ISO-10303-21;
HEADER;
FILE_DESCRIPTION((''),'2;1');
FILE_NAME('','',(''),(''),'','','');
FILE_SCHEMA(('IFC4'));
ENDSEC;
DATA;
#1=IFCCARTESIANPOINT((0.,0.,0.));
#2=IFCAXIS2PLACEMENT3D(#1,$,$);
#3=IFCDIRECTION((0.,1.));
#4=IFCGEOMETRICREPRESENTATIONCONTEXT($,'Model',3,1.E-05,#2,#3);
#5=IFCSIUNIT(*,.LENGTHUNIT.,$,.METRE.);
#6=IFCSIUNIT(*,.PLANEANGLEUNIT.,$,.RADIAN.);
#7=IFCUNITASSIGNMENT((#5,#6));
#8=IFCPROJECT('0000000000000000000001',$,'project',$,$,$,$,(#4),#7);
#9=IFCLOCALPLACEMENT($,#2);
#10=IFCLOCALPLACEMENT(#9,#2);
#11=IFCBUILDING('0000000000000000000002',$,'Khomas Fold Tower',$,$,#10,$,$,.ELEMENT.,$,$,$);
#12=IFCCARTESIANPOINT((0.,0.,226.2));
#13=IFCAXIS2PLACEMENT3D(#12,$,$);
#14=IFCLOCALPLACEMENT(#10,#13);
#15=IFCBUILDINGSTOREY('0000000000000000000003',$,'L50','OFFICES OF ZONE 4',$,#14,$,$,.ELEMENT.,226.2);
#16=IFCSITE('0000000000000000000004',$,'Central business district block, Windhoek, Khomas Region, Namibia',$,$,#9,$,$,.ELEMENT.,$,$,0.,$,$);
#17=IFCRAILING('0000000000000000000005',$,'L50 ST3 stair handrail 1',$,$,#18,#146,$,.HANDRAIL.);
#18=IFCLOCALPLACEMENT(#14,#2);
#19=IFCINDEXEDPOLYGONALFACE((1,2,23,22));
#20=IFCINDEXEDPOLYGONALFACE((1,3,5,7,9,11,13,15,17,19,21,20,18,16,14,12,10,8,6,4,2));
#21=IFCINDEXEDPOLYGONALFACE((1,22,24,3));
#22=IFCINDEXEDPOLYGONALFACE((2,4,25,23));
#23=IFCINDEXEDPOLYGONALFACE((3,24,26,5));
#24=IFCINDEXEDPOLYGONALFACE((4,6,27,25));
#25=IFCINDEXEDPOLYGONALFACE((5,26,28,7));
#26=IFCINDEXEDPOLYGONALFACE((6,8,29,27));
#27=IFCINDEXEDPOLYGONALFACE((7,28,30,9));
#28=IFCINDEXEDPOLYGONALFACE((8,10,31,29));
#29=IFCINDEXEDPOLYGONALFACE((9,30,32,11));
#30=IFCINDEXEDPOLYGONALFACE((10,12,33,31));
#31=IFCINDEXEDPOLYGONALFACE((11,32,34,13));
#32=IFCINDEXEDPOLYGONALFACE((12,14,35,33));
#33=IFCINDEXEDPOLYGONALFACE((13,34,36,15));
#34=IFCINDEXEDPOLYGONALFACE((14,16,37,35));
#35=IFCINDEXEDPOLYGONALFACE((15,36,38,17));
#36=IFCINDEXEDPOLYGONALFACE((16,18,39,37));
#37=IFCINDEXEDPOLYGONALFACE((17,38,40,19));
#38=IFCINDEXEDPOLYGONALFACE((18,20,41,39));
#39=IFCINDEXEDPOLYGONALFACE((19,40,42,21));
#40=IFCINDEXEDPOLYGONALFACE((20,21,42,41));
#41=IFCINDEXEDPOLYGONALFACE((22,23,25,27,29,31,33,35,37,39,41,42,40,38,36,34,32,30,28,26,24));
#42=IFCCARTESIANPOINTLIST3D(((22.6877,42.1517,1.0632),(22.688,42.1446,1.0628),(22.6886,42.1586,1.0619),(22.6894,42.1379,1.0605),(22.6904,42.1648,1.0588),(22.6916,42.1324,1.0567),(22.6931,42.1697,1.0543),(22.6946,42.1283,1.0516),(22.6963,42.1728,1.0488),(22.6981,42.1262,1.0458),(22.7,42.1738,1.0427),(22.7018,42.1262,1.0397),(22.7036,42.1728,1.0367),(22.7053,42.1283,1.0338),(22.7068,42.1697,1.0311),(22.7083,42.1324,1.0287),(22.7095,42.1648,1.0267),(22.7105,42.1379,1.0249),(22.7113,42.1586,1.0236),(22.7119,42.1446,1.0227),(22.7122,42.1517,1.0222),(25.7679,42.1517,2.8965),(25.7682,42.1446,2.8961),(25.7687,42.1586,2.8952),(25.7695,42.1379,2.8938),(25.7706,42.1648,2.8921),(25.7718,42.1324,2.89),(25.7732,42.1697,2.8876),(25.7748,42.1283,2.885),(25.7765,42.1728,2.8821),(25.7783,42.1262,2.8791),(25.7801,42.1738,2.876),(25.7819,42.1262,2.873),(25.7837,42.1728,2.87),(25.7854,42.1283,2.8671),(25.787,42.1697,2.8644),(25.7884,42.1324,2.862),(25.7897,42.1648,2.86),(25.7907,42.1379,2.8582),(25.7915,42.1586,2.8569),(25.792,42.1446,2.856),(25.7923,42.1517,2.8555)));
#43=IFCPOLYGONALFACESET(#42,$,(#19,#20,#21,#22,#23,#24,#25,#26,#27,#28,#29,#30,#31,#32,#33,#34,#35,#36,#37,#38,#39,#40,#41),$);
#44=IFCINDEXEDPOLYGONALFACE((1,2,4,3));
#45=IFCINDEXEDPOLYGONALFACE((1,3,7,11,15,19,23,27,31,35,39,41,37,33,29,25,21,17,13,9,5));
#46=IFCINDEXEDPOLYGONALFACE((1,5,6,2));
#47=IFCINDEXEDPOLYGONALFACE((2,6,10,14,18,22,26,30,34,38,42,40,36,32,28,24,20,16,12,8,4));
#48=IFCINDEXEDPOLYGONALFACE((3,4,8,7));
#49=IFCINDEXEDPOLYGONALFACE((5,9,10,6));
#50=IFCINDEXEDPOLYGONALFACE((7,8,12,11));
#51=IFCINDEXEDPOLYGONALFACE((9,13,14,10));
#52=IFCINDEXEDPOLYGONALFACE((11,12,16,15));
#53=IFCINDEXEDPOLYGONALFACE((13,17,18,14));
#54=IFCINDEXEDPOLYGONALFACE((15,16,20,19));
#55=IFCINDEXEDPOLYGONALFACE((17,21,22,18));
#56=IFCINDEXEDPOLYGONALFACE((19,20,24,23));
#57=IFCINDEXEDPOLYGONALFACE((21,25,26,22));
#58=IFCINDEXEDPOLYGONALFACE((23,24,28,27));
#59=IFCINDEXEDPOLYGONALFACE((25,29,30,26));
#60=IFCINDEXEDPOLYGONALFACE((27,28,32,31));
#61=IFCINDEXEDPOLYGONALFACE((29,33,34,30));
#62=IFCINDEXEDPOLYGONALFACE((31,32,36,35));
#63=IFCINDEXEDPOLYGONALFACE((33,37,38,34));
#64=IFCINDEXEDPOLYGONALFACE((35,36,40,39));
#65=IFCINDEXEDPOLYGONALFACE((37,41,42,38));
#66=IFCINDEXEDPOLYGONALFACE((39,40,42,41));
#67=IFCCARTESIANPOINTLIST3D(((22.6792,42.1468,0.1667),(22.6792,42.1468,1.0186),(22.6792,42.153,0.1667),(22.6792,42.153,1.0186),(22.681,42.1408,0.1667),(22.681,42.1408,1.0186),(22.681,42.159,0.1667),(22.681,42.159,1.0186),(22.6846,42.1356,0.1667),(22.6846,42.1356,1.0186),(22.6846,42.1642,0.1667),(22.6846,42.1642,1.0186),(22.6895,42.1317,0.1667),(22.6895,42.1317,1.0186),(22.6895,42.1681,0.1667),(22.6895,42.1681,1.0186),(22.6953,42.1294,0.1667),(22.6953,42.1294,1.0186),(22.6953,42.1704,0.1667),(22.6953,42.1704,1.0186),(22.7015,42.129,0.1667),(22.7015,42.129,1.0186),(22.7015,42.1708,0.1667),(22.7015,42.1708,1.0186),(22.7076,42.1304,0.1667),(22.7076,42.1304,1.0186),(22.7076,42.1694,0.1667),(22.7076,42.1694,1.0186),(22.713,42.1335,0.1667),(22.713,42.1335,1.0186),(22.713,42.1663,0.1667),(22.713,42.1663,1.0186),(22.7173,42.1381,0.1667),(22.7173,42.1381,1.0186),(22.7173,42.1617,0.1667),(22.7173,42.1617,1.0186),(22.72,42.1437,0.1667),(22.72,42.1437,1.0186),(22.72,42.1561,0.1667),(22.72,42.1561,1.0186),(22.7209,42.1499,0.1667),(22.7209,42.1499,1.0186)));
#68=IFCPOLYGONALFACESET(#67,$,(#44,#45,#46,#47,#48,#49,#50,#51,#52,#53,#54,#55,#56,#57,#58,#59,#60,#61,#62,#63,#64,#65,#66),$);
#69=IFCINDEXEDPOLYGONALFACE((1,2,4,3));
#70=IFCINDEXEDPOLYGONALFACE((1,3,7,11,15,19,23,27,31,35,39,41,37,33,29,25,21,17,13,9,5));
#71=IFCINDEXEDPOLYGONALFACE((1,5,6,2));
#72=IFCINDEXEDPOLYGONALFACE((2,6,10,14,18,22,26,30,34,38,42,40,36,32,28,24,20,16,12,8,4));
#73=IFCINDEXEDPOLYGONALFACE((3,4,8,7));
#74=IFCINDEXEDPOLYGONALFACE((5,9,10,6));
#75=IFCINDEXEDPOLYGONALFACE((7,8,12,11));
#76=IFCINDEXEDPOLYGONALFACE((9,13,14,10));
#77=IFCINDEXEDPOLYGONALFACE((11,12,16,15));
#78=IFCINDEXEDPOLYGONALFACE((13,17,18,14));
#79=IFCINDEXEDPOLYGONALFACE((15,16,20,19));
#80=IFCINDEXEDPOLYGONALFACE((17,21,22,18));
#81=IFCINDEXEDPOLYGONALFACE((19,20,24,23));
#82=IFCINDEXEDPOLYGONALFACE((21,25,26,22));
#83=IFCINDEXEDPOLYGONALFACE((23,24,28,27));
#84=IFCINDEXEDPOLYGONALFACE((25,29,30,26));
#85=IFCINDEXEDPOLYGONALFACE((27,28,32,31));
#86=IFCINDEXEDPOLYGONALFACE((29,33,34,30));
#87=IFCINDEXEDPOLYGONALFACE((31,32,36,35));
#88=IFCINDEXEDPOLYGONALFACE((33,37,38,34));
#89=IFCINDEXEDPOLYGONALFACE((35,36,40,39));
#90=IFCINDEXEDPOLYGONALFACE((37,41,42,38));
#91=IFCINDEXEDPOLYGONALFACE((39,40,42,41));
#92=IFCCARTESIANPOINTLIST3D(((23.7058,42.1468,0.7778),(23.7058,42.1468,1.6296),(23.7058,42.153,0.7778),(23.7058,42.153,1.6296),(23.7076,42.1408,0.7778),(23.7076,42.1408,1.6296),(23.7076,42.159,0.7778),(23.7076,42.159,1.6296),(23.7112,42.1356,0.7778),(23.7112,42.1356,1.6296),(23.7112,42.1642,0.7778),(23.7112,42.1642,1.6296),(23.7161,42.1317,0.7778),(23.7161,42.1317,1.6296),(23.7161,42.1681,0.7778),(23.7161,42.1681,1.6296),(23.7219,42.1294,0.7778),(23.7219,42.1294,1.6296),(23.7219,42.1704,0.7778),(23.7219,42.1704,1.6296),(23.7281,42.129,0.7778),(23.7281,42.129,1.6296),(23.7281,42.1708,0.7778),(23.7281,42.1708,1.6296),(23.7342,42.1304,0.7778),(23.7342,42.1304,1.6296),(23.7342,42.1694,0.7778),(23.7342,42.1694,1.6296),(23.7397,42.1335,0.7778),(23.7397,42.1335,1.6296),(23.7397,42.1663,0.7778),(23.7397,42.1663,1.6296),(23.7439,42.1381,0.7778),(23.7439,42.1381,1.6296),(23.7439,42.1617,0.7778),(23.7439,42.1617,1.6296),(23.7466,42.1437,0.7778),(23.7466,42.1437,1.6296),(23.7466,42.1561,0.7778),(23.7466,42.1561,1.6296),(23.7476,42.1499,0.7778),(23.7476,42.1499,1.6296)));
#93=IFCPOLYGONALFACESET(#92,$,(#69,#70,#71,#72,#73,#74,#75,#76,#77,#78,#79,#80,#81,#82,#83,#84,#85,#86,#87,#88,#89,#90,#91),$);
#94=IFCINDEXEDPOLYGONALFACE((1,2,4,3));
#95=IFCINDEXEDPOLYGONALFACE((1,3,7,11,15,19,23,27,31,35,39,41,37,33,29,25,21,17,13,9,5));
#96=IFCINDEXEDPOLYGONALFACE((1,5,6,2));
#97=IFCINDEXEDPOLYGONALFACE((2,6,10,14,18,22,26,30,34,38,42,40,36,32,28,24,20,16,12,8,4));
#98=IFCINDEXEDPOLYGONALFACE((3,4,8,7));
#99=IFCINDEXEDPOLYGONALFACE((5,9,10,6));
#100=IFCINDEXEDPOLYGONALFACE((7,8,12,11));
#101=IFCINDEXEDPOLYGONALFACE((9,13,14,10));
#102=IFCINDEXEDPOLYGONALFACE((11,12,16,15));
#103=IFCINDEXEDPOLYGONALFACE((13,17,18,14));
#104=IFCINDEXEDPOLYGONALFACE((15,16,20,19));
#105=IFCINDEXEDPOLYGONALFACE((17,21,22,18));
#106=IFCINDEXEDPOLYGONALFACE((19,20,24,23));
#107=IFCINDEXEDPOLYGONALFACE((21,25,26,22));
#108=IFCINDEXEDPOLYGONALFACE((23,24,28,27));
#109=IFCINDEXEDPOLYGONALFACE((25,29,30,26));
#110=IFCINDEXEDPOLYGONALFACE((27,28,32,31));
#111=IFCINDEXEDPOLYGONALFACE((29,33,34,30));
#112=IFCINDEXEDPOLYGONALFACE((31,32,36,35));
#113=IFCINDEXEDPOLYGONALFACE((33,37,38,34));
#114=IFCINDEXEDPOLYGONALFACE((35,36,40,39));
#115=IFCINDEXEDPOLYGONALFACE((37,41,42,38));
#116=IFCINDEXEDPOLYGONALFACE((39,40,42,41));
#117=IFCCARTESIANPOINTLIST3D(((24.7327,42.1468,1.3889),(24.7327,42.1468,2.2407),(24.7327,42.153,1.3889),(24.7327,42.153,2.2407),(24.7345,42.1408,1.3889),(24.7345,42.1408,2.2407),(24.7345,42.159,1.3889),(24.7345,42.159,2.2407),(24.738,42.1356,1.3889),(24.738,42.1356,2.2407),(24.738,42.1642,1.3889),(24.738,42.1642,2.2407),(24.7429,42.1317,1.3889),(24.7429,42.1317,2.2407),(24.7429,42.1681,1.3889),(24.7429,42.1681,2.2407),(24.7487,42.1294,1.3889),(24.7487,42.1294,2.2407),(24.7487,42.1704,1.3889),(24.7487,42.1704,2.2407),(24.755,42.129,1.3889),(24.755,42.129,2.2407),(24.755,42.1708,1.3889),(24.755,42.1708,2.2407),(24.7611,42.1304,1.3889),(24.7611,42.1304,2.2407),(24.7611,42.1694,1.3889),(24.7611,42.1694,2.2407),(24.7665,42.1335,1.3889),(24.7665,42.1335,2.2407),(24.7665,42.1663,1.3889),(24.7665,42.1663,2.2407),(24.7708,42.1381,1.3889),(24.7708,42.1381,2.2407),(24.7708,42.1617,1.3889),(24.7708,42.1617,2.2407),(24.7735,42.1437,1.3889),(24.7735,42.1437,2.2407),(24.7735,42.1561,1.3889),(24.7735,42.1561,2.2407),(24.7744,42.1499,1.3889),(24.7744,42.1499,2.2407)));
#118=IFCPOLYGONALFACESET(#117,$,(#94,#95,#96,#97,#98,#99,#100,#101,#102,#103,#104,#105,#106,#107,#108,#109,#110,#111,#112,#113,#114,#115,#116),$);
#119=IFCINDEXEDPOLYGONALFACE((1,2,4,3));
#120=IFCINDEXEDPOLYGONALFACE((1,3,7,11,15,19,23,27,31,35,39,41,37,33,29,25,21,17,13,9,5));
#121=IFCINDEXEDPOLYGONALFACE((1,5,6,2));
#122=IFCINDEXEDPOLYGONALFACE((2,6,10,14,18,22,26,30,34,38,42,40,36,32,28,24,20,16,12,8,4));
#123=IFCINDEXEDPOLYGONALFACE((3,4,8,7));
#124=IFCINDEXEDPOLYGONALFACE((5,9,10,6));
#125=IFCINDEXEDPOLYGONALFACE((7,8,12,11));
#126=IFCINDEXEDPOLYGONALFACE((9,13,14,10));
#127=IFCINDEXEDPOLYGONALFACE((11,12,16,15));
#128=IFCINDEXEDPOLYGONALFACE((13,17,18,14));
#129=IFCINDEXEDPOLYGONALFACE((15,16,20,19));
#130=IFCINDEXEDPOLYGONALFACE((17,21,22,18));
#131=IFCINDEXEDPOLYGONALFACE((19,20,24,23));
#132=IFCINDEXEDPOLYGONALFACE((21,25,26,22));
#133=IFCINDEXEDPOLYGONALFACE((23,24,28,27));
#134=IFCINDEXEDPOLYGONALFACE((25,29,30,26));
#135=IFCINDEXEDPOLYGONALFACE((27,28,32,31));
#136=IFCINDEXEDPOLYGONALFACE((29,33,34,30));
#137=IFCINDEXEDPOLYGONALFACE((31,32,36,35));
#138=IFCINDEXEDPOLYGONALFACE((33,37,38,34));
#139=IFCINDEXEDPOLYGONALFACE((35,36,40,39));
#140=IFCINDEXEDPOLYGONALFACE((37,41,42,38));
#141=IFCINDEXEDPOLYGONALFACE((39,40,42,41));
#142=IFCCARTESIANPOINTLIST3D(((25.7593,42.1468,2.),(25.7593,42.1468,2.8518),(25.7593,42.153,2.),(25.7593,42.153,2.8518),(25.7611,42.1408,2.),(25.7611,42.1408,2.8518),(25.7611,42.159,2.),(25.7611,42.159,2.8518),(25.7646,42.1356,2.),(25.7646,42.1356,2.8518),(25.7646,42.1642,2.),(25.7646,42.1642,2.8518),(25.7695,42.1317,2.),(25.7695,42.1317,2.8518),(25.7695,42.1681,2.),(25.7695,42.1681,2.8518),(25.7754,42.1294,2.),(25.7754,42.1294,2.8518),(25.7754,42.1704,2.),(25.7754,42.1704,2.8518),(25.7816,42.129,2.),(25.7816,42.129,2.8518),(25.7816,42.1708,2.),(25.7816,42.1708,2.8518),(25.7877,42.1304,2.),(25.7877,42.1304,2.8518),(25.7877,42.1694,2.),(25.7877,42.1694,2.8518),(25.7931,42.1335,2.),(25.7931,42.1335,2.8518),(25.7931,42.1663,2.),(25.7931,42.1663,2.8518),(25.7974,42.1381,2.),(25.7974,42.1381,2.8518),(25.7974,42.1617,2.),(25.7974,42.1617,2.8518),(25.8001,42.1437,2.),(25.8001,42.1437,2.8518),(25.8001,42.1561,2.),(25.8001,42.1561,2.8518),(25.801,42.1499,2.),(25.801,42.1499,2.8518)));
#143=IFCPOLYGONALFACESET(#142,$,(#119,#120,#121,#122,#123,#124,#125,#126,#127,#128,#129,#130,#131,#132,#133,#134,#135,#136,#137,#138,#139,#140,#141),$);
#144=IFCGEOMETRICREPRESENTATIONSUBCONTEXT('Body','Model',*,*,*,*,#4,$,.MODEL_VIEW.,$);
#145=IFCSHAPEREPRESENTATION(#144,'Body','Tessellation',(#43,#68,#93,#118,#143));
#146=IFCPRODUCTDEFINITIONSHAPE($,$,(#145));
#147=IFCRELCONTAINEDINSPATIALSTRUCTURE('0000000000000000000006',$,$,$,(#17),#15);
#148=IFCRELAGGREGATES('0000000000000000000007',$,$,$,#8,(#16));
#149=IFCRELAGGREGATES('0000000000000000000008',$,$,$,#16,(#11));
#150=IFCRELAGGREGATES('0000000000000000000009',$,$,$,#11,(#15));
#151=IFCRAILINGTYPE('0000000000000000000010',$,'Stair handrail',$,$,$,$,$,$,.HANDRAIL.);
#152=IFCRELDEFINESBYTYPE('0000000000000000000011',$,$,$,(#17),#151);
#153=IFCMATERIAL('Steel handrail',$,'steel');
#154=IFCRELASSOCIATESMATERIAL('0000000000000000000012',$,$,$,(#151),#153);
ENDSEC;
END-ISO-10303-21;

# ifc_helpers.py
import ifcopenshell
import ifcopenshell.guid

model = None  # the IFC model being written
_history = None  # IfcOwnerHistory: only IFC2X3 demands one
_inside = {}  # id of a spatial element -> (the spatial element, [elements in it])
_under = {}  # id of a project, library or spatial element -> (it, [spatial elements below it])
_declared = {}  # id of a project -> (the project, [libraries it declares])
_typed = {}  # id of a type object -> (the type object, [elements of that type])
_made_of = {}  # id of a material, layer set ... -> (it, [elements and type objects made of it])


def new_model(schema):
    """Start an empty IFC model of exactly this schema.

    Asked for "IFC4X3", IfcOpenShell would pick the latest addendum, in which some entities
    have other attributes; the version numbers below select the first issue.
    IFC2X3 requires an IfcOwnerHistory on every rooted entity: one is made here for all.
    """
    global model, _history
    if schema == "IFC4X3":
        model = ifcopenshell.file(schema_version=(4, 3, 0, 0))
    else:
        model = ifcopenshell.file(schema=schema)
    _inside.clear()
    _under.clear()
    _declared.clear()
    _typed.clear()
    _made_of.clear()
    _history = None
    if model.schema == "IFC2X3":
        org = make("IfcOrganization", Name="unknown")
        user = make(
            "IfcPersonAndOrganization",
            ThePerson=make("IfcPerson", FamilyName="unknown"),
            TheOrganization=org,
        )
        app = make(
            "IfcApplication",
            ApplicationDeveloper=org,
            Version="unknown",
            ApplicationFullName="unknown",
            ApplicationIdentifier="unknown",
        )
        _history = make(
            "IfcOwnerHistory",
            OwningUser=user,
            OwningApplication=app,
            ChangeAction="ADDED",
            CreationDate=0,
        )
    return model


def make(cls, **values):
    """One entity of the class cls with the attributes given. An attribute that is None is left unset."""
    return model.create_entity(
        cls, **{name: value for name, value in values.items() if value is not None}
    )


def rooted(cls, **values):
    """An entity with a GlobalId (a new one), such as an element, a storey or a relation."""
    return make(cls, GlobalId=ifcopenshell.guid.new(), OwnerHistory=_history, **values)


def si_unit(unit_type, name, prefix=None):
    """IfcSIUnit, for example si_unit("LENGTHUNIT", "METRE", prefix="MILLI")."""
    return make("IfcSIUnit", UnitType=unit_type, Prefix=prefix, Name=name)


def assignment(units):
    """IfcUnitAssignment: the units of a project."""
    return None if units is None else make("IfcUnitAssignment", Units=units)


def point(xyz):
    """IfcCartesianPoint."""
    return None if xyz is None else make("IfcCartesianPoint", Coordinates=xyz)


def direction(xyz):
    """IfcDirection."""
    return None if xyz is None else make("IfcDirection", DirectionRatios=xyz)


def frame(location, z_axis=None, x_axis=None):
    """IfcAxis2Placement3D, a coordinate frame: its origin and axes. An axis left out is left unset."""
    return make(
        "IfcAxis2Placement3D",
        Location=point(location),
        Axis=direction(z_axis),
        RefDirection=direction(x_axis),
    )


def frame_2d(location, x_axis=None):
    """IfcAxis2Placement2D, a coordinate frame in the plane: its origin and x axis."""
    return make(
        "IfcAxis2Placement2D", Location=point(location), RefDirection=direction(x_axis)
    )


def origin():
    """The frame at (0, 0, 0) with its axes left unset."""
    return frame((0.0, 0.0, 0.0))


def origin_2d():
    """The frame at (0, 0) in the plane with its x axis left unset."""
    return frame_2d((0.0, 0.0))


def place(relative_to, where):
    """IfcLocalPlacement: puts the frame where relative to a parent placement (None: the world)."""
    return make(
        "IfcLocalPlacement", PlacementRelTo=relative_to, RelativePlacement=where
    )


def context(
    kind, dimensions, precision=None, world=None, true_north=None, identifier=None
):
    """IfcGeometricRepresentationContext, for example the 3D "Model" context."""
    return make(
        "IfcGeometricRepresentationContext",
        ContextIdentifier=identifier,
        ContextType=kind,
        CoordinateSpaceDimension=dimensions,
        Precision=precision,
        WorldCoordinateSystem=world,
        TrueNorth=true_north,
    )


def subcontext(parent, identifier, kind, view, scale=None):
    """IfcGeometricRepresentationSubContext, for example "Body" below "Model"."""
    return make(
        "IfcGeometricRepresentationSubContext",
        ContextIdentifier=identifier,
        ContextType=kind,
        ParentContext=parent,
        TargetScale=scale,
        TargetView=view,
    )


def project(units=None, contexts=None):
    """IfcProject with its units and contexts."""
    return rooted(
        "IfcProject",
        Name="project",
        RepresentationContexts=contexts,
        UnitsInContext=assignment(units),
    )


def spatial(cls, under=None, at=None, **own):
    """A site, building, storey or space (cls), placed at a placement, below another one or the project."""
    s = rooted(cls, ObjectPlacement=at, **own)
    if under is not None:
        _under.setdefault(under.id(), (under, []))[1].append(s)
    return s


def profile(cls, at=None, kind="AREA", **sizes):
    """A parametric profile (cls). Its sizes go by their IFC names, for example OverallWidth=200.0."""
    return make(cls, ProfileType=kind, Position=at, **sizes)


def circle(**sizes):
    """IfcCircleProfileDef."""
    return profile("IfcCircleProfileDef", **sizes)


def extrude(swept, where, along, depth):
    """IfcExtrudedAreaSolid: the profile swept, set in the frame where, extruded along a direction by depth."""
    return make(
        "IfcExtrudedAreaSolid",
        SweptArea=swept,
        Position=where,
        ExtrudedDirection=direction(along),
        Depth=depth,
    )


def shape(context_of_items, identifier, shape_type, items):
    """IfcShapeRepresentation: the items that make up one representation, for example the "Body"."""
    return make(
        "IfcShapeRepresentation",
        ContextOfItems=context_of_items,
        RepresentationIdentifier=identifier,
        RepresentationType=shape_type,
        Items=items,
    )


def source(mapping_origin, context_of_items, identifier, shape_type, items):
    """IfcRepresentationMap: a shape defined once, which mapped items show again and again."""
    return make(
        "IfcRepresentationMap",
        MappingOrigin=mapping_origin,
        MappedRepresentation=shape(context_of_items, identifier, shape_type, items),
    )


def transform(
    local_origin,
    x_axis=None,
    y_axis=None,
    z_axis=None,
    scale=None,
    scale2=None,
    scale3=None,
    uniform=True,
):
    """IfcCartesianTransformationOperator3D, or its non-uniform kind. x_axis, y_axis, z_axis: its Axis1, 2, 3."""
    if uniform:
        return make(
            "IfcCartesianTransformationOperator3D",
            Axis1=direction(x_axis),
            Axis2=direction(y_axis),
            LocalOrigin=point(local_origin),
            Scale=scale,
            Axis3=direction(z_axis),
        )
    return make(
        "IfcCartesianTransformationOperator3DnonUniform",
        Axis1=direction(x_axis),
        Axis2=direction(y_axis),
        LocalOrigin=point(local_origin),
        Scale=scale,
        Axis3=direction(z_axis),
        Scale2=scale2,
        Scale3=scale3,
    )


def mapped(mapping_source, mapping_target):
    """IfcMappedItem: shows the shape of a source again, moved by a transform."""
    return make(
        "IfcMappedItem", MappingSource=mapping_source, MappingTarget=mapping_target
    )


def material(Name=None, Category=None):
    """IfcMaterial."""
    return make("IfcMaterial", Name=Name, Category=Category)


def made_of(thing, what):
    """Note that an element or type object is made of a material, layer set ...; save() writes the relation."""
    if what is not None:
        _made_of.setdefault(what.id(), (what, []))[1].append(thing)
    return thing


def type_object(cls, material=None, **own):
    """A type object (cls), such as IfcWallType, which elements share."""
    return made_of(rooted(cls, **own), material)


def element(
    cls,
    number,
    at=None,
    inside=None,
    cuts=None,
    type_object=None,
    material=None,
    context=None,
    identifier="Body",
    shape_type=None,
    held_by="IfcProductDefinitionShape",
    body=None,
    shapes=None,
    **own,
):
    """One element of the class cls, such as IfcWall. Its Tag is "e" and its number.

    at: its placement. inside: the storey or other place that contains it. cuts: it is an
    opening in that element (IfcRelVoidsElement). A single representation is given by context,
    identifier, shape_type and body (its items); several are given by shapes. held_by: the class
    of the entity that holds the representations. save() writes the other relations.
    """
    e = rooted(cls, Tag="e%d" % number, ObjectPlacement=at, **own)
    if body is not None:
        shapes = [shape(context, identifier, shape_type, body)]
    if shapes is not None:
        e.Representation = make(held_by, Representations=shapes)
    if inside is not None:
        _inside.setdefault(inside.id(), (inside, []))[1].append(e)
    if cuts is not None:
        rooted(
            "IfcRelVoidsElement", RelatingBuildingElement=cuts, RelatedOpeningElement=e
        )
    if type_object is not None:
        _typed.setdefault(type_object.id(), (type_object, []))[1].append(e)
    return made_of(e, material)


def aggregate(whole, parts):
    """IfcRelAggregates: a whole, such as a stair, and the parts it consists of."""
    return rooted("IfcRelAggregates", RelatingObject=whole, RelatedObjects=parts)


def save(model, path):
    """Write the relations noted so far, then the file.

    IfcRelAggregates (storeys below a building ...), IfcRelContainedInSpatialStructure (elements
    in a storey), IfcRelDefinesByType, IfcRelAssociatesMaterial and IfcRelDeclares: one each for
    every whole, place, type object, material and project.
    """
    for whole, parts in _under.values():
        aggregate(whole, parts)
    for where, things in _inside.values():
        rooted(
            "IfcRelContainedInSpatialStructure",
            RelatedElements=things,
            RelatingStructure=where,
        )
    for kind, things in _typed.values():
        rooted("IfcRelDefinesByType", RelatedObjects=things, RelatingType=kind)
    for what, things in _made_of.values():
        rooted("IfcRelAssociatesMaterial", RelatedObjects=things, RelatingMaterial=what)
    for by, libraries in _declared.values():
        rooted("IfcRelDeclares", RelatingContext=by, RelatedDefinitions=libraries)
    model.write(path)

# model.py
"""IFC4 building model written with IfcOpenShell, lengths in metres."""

from ifc_helpers import new_model, si_unit, direction, frame, origin, origin_2d, place, context, subcontext, project, spatial, circle, extrude, source, transform, mapped, material, type_object, element, save


model = new_model("IFC4")

# Units and contexts
model_context = context("Model", 3, precision=1e-05, world=origin(), true_north=direction((0.0, 1.0)))
body_context = subcontext(model_context, "Body", "Model", "MODEL_VIEW")
ifc_project = project(units=[si_unit("LENGTHUNIT", "METRE"), si_unit("PLANEANGLEUNIT", "RADIAN")], contexts=[model_context])

# Site, building, storey
site_placement = place(None, origin())
site = spatial("IfcSite", under=ifc_project, at=site_placement, Name="Central business district block, Windhoek, Khomas Region, Namibia", CompositionType="ELEMENT", RefElevation=0.0)
building_placement = place(site_placement, origin())
building = spatial("IfcBuilding", under=site, at=building_placement, Name="Khomas Fold Tower", CompositionType="ELEMENT")
storey_placement = place(building_placement, frame((0.0, 0.0, 226.2)))
storey = spatial("IfcBuildingStorey", under=building, at=storey_placement, Name="L50", Description="OFFICES OF ZONE 4", CompositionType="ELEMENT", Elevation=226.2)

# Railing
ifc_material_1 = material(Name="Steel handrail", Category="steel")
railing_type_1 = type_object("IfcRailingType", Name="Stair handrail", PredefinedType="HANDRAIL", material=ifc_material_1)
shared_shape_1 = source(origin(), body_context, "Body", "SweptSolid", [
    extrude(circle(Radius=0.0239, at=origin_2d()), frame((0.0, 0.0, 0.876), z_axis=(0.859309, 0.0, 0.511458), x_axis=(0.0, 1.0, 0.0)), (0.0, 0.0, 1.0), 3.5845),
    extrude(circle(Radius=0.021, at=origin_2d()), origin(), (0.0, 0.0, 1.0), 0.8518),
    extrude(circle(Radius=0.021, at=origin_2d()), frame((1.0266, 0.0, 0.6111)), (0.0, 0.0, 1.0), 0.8518),
    extrude(circle(Radius=0.021, at=origin_2d()), frame((2.0535, 0.0, 1.2222)), (0.0, 0.0, 1.0), 0.8518),
    extrude(circle(Radius=0.021, at=origin_2d()), frame((3.0801, 0.0, 1.8333)), (0.0, 0.0, 1.0), 0.8518),
])
railing_1_placement = place(storey_placement, frame((22.7, 42.1499, 0.1667)))
element("IfcRailing", 1, at=railing_1_placement, inside=storey, type_object=railing_type_1, Name="L50 ST3 stair handrail 1", PredefinedType="HANDRAIL", context=body_context, shape_type="MappedRepresentation", body=[
    mapped(shared_shape_1, transform((0.0, 0.0, 0.0))),
])

save(model, "model.ifc")
